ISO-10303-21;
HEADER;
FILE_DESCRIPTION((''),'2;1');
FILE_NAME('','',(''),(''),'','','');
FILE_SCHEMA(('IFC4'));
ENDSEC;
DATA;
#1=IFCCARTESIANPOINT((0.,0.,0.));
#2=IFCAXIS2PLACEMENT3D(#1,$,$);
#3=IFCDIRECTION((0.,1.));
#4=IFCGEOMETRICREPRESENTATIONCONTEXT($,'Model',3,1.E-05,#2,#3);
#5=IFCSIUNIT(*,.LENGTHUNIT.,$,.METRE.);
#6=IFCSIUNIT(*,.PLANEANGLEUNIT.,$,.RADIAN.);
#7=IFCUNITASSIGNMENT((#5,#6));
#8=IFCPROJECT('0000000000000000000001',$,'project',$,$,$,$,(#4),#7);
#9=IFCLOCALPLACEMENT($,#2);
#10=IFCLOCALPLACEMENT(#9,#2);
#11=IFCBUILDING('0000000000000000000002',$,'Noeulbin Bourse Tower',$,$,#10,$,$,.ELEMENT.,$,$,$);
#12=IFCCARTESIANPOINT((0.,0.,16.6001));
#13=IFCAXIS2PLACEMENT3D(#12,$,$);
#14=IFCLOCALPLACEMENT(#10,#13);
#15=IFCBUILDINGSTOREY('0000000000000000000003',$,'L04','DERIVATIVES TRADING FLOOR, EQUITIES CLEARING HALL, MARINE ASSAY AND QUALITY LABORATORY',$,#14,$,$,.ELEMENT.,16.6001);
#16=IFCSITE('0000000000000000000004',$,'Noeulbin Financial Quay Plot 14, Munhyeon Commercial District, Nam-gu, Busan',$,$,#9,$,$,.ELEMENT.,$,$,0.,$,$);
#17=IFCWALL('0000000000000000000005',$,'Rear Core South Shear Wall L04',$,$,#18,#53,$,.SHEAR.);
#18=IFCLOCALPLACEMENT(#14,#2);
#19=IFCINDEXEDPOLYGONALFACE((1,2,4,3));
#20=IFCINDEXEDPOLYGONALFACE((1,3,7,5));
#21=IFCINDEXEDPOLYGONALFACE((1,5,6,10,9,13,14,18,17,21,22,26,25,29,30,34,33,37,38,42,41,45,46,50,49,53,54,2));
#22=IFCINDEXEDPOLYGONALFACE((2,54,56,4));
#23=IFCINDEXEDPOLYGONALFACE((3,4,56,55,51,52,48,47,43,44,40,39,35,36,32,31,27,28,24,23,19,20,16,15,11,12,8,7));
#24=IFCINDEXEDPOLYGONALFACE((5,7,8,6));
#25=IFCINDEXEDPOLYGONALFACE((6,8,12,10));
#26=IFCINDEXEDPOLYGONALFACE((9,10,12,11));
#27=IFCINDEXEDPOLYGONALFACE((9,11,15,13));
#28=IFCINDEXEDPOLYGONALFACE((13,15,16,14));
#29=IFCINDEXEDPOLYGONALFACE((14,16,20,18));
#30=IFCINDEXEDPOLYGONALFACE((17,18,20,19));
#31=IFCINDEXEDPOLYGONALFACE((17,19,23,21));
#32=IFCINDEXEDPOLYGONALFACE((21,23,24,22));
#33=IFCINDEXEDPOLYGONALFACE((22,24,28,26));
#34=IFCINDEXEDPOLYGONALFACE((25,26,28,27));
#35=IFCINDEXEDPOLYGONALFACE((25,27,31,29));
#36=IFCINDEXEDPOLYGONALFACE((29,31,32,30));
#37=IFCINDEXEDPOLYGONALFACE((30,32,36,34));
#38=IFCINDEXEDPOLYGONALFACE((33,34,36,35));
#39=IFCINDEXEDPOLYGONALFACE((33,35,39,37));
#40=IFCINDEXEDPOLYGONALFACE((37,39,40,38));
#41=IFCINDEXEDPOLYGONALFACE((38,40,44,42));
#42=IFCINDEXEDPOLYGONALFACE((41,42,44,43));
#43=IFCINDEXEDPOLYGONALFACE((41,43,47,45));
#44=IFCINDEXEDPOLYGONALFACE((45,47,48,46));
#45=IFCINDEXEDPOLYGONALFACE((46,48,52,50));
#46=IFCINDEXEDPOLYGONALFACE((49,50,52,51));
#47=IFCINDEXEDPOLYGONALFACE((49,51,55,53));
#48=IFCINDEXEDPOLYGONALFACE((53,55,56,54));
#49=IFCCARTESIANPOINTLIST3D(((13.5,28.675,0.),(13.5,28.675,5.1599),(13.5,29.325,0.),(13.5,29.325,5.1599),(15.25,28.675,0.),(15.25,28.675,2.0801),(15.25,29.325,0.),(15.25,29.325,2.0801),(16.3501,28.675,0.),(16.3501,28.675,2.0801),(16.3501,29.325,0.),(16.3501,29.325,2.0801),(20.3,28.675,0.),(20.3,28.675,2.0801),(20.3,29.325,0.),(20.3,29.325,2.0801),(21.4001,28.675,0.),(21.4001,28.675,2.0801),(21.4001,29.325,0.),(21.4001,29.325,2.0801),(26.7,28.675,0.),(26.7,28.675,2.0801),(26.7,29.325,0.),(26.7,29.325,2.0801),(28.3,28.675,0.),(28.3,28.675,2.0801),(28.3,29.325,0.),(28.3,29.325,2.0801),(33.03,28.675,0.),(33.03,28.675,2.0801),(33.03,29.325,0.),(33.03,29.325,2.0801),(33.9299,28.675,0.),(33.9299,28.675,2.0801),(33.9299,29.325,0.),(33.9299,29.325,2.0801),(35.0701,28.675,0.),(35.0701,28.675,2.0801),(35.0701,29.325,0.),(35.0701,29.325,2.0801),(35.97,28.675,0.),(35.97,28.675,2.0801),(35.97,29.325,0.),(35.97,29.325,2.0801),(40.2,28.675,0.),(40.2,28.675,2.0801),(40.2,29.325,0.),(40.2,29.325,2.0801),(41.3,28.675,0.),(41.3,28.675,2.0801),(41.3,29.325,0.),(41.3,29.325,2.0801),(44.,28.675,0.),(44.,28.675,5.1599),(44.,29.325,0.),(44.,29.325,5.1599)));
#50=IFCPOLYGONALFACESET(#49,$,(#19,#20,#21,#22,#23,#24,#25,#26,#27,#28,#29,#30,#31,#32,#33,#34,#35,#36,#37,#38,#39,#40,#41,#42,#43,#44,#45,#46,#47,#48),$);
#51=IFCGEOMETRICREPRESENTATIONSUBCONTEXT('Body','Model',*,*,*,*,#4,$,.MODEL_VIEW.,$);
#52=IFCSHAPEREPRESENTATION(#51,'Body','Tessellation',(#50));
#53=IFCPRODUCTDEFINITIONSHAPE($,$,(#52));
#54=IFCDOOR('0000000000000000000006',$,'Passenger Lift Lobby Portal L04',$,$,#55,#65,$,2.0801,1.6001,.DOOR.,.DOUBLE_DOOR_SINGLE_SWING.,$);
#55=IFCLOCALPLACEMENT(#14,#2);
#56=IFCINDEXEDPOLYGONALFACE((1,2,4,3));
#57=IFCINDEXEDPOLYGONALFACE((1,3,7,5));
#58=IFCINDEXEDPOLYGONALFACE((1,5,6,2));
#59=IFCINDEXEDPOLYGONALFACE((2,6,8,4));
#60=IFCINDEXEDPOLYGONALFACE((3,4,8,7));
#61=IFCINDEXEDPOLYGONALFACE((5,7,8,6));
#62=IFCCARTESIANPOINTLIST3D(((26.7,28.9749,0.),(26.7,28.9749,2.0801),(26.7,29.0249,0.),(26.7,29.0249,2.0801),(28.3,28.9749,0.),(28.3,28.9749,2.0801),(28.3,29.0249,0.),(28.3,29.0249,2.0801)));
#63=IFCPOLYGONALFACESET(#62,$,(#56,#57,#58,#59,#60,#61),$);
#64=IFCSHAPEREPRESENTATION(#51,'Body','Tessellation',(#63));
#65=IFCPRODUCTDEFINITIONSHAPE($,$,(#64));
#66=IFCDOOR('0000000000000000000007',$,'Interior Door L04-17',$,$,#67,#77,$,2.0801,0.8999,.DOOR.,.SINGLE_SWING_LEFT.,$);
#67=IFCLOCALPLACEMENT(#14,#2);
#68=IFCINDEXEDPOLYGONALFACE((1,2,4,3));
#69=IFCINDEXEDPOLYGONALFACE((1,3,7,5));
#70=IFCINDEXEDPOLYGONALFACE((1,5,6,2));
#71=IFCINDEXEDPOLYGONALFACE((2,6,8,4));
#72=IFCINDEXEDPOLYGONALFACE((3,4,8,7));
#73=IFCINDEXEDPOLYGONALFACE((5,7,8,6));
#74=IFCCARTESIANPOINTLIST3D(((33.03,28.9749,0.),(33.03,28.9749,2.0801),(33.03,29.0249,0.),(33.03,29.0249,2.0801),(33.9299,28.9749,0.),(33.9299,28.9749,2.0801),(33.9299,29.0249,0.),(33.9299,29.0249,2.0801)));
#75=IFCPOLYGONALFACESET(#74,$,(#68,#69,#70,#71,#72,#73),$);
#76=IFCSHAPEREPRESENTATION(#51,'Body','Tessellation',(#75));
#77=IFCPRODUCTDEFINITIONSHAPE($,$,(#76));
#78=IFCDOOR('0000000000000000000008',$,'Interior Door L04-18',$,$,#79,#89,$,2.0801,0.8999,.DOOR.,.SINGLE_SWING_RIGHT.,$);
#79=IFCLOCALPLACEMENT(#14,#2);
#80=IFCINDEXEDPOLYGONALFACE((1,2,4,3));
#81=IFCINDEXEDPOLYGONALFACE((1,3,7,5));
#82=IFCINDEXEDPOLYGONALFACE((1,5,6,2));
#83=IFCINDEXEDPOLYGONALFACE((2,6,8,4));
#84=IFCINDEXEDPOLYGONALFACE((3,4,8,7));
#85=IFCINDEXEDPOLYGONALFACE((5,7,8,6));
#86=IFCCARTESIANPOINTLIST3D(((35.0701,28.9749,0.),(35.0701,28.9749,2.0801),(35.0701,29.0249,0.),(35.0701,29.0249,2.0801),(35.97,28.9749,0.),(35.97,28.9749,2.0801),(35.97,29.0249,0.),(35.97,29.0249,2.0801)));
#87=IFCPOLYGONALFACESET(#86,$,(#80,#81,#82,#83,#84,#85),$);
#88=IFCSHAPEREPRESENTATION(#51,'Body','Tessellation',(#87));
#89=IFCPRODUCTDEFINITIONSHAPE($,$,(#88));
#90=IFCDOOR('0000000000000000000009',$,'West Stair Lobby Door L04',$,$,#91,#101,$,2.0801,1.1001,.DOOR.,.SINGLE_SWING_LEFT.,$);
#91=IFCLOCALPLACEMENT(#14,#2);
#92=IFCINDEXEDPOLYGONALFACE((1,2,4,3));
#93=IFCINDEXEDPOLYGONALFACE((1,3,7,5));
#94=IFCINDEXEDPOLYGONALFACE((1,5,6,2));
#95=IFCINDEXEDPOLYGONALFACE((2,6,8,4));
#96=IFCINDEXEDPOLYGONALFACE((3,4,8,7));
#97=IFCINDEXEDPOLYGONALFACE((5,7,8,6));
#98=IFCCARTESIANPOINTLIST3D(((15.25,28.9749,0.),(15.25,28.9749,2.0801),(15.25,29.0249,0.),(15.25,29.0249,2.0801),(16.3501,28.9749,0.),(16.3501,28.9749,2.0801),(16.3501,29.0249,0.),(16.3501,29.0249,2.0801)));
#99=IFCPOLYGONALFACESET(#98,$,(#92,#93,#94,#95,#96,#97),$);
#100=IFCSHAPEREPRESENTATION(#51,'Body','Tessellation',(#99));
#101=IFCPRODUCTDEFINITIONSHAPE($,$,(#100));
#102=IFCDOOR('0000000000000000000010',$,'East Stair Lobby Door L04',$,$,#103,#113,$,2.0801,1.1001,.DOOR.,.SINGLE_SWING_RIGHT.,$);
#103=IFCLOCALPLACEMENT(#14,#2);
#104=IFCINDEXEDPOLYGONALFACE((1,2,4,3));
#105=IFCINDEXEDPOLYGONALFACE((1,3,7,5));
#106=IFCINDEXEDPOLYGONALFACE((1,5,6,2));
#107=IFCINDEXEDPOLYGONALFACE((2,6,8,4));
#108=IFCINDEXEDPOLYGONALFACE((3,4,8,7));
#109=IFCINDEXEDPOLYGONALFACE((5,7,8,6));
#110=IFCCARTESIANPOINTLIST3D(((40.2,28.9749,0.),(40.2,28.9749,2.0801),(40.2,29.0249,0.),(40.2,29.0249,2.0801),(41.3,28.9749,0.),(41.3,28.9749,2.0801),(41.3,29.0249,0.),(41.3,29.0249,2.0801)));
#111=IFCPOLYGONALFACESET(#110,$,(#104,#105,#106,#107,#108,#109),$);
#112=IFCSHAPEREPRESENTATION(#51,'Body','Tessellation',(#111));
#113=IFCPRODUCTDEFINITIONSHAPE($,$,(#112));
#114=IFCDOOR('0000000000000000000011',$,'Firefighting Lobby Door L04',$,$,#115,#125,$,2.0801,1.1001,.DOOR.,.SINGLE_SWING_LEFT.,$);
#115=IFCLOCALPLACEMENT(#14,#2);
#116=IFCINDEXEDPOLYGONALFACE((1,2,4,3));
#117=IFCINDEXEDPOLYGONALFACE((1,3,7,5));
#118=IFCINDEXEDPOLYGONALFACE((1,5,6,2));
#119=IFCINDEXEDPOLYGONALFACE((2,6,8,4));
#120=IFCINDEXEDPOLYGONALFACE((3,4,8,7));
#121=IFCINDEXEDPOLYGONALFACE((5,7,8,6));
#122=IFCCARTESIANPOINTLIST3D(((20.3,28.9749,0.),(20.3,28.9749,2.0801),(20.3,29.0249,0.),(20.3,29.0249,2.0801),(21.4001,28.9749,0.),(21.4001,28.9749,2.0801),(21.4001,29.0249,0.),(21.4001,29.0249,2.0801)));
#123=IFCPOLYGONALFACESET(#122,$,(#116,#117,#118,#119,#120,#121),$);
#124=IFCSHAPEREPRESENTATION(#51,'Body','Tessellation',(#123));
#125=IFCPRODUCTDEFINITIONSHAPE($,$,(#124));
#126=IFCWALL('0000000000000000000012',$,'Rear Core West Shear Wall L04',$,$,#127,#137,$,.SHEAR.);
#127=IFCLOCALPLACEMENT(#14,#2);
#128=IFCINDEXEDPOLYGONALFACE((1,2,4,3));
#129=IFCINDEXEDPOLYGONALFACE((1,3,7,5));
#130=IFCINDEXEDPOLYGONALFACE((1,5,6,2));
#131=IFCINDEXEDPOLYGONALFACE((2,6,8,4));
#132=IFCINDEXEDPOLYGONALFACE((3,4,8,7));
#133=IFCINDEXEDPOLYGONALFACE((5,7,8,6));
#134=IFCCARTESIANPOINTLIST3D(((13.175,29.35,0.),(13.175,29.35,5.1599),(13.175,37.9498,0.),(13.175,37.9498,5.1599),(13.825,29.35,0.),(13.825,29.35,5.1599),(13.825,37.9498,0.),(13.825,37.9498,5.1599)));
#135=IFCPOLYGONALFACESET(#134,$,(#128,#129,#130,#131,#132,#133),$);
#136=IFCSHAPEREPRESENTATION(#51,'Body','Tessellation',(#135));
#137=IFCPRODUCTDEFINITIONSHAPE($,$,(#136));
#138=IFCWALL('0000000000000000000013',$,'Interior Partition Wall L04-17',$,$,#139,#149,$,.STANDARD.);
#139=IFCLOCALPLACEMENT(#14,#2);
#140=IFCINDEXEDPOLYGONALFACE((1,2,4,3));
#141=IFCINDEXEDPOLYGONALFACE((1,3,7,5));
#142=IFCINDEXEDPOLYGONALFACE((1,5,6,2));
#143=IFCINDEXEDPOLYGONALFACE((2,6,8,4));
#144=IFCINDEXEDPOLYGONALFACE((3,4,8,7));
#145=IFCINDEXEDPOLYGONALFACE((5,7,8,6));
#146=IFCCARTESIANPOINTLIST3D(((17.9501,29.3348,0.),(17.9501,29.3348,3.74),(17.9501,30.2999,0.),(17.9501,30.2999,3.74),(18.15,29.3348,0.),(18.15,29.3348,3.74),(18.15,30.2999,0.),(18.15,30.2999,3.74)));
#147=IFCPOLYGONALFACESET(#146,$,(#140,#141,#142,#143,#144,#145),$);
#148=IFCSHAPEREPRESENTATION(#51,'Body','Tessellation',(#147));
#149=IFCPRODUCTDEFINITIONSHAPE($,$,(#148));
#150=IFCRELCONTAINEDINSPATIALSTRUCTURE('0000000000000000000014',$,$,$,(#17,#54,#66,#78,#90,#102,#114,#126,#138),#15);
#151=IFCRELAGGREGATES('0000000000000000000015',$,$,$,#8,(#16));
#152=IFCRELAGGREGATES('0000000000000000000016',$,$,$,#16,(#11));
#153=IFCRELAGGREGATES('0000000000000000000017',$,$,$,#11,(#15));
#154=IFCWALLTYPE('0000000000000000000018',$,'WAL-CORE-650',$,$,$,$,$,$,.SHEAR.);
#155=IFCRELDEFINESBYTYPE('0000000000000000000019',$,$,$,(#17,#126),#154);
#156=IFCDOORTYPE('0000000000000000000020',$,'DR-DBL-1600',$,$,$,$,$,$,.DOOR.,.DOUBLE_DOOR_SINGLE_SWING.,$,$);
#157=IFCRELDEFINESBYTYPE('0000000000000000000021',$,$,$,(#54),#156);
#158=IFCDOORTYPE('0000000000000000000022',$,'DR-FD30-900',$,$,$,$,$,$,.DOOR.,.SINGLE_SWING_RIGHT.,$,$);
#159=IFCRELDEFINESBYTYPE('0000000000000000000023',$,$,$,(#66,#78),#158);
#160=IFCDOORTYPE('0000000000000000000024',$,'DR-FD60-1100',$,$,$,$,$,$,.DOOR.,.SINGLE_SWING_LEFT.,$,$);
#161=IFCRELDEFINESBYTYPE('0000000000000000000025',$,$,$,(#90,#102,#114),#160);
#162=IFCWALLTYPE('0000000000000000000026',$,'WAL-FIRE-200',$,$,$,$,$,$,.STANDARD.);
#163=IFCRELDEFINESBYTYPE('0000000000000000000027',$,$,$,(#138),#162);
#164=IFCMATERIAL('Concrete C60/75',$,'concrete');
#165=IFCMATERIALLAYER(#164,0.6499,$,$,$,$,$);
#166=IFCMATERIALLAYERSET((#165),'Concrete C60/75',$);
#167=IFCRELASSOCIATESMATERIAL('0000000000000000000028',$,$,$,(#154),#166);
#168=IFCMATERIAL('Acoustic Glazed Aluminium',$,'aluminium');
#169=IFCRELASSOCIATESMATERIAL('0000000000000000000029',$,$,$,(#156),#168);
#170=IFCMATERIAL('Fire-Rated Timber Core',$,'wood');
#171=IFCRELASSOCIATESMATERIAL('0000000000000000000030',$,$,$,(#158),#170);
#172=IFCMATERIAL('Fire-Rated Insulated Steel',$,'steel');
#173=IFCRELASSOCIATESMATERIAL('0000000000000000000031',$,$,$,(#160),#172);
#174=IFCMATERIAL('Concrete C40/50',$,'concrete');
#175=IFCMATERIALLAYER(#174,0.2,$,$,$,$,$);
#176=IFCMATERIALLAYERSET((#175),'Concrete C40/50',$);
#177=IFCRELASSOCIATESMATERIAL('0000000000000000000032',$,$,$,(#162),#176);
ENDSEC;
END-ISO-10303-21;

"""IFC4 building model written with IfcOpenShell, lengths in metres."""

from ifc_helpers import new_model, si_unit, direction, frame, frame_2d, origin, place, context, subcontext, project, spatial, rectangle, extrude, material, layer, layer_set, type_object, element, fill, save


model = new_model("IFC4")

# Units and contexts
model_context = context("Model", 3, precision=1e-05, world=origin(), true_north=direction((0.0, 1.0)))
body_context = subcontext(model_context, "Body", "Model", "MODEL_VIEW")
ifc_project = project(units=[si_unit("LENGTHUNIT", "METRE"), si_unit("PLANEANGLEUNIT", "RADIAN")], contexts=[model_context])

# Site, building, storey
site_placement = place(None, origin())
site = spatial("IfcSite", under=ifc_project, at=site_placement, Name="Noeulbin Financial Quay Plot 14, Munhyeon Commercial District, Nam-gu, Busan", CompositionType="ELEMENT", RefElevation=0.0)
building_placement = place(site_placement, origin())
building = spatial("IfcBuilding", under=site, at=building_placement, Name="Noeulbin Bourse Tower", CompositionType="ELEMENT")
storey_placement = place(building_placement, frame((0.0, 0.0, 16.6001)))
storey = spatial("IfcBuildingStorey", under=building, at=storey_placement, Name="L04", Description="DERIVATIVES TRADING FLOOR, EQUITIES CLEARING HALL, MARINE ASSAY AND QUALITY LABORATORY", CompositionType="ELEMENT", Elevation=16.6001)

# Wall, openings, doors
ifc_material_1 = material(Name="Concrete C60/75", Category="concrete")
ifc_layer_1 = layer(ifc_material_1, 0.6499)
ifc_layer_set_1 = layer_set([ifc_layer_1], Name="Concrete C60/75")
wall_type_1 = type_object("IfcWallType", Name="WAL-CORE-650", PredefinedType="SHEAR", material=ifc_layer_set_1)
wall_1_placement = place(storey_placement, frame((13.5, 29.0, 0.0), z_axis=(0.0, 0.0, 1.0), x_axis=(1.0, 0.0, 0.0)))
wall_1 = element("IfcWall", 1, at=wall_1_placement, inside=storey, type_object=wall_type_1, Name="Rear Core South Shear Wall L04", PredefinedType="SHEAR", context=body_context, shape_type="SweptSolid", body=[
    extrude(rectangle(XDim=30.5, YDim=0.6499, at=frame_2d((15.25, 0.0))), origin(), (0.0, 0.0, 1.0), 5.1599),
])
opening_1_placement = place(wall_1_placement, frame((1.75, 0.0, 0.0)))
opening_1 = element("IfcOpeningElement", 2, at=opening_1_placement, cuts=wall_1, PredefinedType="OPENING", context=body_context, shape_type="SweptSolid", body=[
    extrude(rectangle(XDim=1.1001, YDim=2.0801, at=frame_2d((0.55, 1.04))), frame((0.0, 0.335, 0.0), z_axis=(0.0, -1.0, 0.0), x_axis=(1.0, 0.0, 0.0)), (0.0, 0.0, 1.0), 0.6699),
])
opening_2_placement = place(wall_1_placement, frame((26.7, 0.0, 0.0)))
opening_2 = element("IfcOpeningElement", 3, at=opening_2_placement, cuts=wall_1, PredefinedType="OPENING", context=body_context, shape_type="SweptSolid", body=[
    extrude(rectangle(XDim=1.1001, YDim=2.0801, at=frame_2d((0.55, 1.04))), frame((0.0, 0.335, 0.0), z_axis=(0.0, -1.0, 0.0), x_axis=(1.0, 0.0, 0.0)), (0.0, 0.0, 1.0), 0.6699),
])
opening_3_placement = place(wall_1_placement, frame((6.8, 0.0, 0.0)))
opening_3 = element("IfcOpeningElement", 4, at=opening_3_placement, cuts=wall_1, PredefinedType="OPENING", context=body_context, shape_type="SweptSolid", body=[
    extrude(rectangle(XDim=1.1001, YDim=2.0801, at=frame_2d((0.55, 1.04))), frame((0.0, 0.335, 0.0), z_axis=(0.0, -1.0, 0.0), x_axis=(1.0, 0.0, 0.0)), (0.0, 0.0, 1.0), 0.6699),
])
opening_4_placement = place(wall_1_placement, frame((13.2, 0.0, 0.0)))
opening_4 = element("IfcOpeningElement", 5, at=opening_4_placement, cuts=wall_1, PredefinedType="OPENING", context=body_context, shape_type="SweptSolid", body=[
    extrude(rectangle(XDim=1.6001, YDim=2.0801, at=frame_2d((0.8, 1.04))), frame((0.0, 0.335, 0.0), z_axis=(0.0, -1.0, 0.0), x_axis=(1.0, 0.0, 0.0)), (0.0, 0.0, 1.0), 0.6699),
])
opening_5_placement = place(wall_1_placement, frame((19.53, 0.0, 0.0)))
opening_5 = element("IfcOpeningElement", 6, at=opening_5_placement, cuts=wall_1, PredefinedType="OPENING", context=body_context, shape_type="SweptSolid", body=[
    extrude(rectangle(XDim=0.8999, YDim=2.0801, at=frame_2d((0.45, 1.04))), frame((0.0, 0.335, 0.0), z_axis=(0.0, -1.0, 0.0), x_axis=(1.0, 0.0, 0.0)), (0.0, 0.0, 1.0), 0.6699),
])
opening_6_placement = place(wall_1_placement, frame((21.5701, 0.0, 0.0)))
opening_6 = element("IfcOpeningElement", 7, at=opening_6_placement, cuts=wall_1, PredefinedType="OPENING", context=body_context, shape_type="SweptSolid", body=[
    extrude(rectangle(XDim=0.8999, YDim=2.0801, at=frame_2d((0.45, 1.04))), frame((0.0, 0.335, 0.0), z_axis=(0.0, -1.0, 0.0), x_axis=(1.0, 0.0, 0.0)), (0.0, 0.0, 1.0), 0.6699),
])
ifc_material_2 = material(Name="Acoustic Glazed Aluminium", Category="aluminium")
door_type_1 = type_object("IfcDoorType", Name="DR-DBL-1600", OperationType="DOUBLE_DOOR_SINGLE_SWING", PredefinedType="DOOR", material=ifc_material_2)
door_1_placement = place(opening_4_placement, origin())
door_1 = element("IfcDoor", 8, at=door_1_placement, inside=storey, type_object=door_type_1, Name="Passenger Lift Lobby Portal L04", OperationType="DOUBLE_DOOR_SINGLE_SWING", OverallHeight=2.0801, OverallWidth=1.6001, PredefinedType="DOOR", context=body_context, shape_type="SweptSolid", body=[
    extrude(rectangle(XDim=1.6001, YDim=2.0801, at=frame_2d((0.8, 1.04))), frame((0.0, 0.0249, 0.0), z_axis=(0.0, -1.0, 0.0), x_axis=(1.0, 0.0, 0.0)), (0.0, 0.0, 1.0), 0.05),
])
fill(opening_4, door_1)
ifc_material_3 = material(Name="Fire-Rated Timber Core", Category="wood")
door_type_2 = type_object("IfcDoorType", Name="DR-FD30-900", OperationType="SINGLE_SWING_RIGHT", PredefinedType="DOOR", material=ifc_material_3)
door_2_placement = place(opening_5_placement, origin())
door_2 = element("IfcDoor", 9, at=door_2_placement, inside=storey, type_object=door_type_2, Name="Interior Door L04-17", OperationType="SINGLE_SWING_LEFT", OverallHeight=2.0801, OverallWidth=0.8999, PredefinedType="DOOR", context=body_context, shape_type="SweptSolid", body=[
    extrude(rectangle(XDim=0.8999, YDim=2.0801, at=frame_2d((0.45, 1.04))), frame((0.0, 0.0249, 0.0), z_axis=(0.0, -1.0, 0.0), x_axis=(1.0, 0.0, 0.0)), (0.0, 0.0, 1.0), 0.05),
])
fill(opening_5, door_2)
door_3_placement = place(opening_6_placement, origin())
door_3 = element("IfcDoor", 10, at=door_3_placement, inside=storey, type_object=door_type_2, Name="Interior Door L04-18", OperationType="SINGLE_SWING_RIGHT", OverallHeight=2.0801, OverallWidth=0.8999, PredefinedType="DOOR", context=body_context, shape_type="SweptSolid", body=[
    extrude(rectangle(XDim=0.8999, YDim=2.0801, at=frame_2d((0.45, 1.04))), frame((0.0, 0.0249, 0.0), z_axis=(0.0, -1.0, 0.0), x_axis=(1.0, 0.0, 0.0)), (0.0, 0.0, 1.0), 0.05),
])
fill(opening_6, door_3)
ifc_material_4 = material(Name="Fire-Rated Insulated Steel", Category="steel")
door_type_3 = type_object("IfcDoorType", Name="DR-FD60-1100", OperationType="SINGLE_SWING_LEFT", PredefinedType="DOOR", material=ifc_material_4)
door_4_placement = place(opening_1_placement, origin())
door_4 = element("IfcDoor", 11, at=door_4_placement, inside=storey, type_object=door_type_3, Name="West Stair Lobby Door L04", OperationType="SINGLE_SWING_LEFT", OverallHeight=2.0801, OverallWidth=1.1001, PredefinedType="DOOR", context=body_context, shape_type="SweptSolid", body=[
    extrude(rectangle(XDim=1.1001, YDim=2.0801, at=frame_2d((0.55, 1.04))), frame((0.0, 0.0249, 0.0), z_axis=(0.0, -1.0, 0.0), x_axis=(1.0, 0.0, 0.0)), (0.0, 0.0, 1.0), 0.05),
])
fill(opening_1, door_4)
door_5_placement = place(opening_2_placement, origin())
door_5 = element("IfcDoor", 12, at=door_5_placement, inside=storey, type_object=door_type_3, Name="East Stair Lobby Door L04", OperationType="SINGLE_SWING_RIGHT", OverallHeight=2.0801, OverallWidth=1.1001, PredefinedType="DOOR", context=body_context, shape_type="SweptSolid", body=[
    extrude(rectangle(XDim=1.1001, YDim=2.0801, at=frame_2d((0.55, 1.04))), frame((0.0, 0.0249, 0.0), z_axis=(0.0, -1.0, 0.0), x_axis=(1.0, 0.0, 0.0)), (0.0, 0.0, 1.0), 0.05),
])
fill(opening_2, door_5)
door_6_placement = place(opening_3_placement, origin())
door_6 = element("IfcDoor", 13, at=door_6_placement, inside=storey, type_object=door_type_3, Name="Firefighting Lobby Door L04", OperationType="SINGLE_SWING_LEFT", OverallHeight=2.0801, OverallWidth=1.1001, PredefinedType="DOOR", context=body_context, shape_type="SweptSolid", body=[
    extrude(rectangle(XDim=1.1001, YDim=2.0801, at=frame_2d((0.55, 1.04))), frame((0.0, 0.0249, 0.0), z_axis=(0.0, -1.0, 0.0), x_axis=(1.0, 0.0, 0.0)), (0.0, 0.0, 1.0), 0.05),
])
fill(opening_3, door_6)

# Walls
wall_2_placement = place(storey_placement, frame((13.5, 29.3501, 0.0), z_axis=(0.0, 0.0, 1.0), x_axis=(0.0, 1.0, 0.0)))
element("IfcWall", 14, at=wall_2_placement, inside=storey, type_object=wall_type_1, Name="Rear Core West Shear Wall L04", PredefinedType="SHEAR", context=body_context, shape_type="SweptSolid", body=[
    extrude(rectangle(XDim=8.5999, YDim=0.6499, at=frame_2d((4.2998, 0.0))), origin(), (0.0, 0.0, 1.0), 5.1599),
])
ifc_material_5 = material(Name="Concrete C40/50", Category="concrete")
ifc_layer_2 = layer(ifc_material_5, 0.2)
ifc_layer_set_2 = layer_set([ifc_layer_2], Name="Concrete C40/50")
wall_type_2 = type_object("IfcWallType", Name="WAL-FIRE-200", PredefinedType="STANDARD", material=ifc_layer_set_2)
wall_3_placement = place(storey_placement, frame((18.05, 29.335, 0.0), z_axis=(0.0, 0.0, 1.0), x_axis=(0.0, 1.0, 0.0)))
element("IfcWall", 15, at=wall_3_placement, inside=storey, type_object=wall_type_2, Name="Interior Partition Wall L04-17", PredefinedType="STANDARD", context=body_context, shape_type="SweptSolid", body=[
    extrude(rectangle(XDim=0.9651, YDim=0.2, at=frame_2d((0.4824, 0.0))), origin(), (0.0, 0.0, 1.0), 3.74),
])

save(model, "model.ifc")
